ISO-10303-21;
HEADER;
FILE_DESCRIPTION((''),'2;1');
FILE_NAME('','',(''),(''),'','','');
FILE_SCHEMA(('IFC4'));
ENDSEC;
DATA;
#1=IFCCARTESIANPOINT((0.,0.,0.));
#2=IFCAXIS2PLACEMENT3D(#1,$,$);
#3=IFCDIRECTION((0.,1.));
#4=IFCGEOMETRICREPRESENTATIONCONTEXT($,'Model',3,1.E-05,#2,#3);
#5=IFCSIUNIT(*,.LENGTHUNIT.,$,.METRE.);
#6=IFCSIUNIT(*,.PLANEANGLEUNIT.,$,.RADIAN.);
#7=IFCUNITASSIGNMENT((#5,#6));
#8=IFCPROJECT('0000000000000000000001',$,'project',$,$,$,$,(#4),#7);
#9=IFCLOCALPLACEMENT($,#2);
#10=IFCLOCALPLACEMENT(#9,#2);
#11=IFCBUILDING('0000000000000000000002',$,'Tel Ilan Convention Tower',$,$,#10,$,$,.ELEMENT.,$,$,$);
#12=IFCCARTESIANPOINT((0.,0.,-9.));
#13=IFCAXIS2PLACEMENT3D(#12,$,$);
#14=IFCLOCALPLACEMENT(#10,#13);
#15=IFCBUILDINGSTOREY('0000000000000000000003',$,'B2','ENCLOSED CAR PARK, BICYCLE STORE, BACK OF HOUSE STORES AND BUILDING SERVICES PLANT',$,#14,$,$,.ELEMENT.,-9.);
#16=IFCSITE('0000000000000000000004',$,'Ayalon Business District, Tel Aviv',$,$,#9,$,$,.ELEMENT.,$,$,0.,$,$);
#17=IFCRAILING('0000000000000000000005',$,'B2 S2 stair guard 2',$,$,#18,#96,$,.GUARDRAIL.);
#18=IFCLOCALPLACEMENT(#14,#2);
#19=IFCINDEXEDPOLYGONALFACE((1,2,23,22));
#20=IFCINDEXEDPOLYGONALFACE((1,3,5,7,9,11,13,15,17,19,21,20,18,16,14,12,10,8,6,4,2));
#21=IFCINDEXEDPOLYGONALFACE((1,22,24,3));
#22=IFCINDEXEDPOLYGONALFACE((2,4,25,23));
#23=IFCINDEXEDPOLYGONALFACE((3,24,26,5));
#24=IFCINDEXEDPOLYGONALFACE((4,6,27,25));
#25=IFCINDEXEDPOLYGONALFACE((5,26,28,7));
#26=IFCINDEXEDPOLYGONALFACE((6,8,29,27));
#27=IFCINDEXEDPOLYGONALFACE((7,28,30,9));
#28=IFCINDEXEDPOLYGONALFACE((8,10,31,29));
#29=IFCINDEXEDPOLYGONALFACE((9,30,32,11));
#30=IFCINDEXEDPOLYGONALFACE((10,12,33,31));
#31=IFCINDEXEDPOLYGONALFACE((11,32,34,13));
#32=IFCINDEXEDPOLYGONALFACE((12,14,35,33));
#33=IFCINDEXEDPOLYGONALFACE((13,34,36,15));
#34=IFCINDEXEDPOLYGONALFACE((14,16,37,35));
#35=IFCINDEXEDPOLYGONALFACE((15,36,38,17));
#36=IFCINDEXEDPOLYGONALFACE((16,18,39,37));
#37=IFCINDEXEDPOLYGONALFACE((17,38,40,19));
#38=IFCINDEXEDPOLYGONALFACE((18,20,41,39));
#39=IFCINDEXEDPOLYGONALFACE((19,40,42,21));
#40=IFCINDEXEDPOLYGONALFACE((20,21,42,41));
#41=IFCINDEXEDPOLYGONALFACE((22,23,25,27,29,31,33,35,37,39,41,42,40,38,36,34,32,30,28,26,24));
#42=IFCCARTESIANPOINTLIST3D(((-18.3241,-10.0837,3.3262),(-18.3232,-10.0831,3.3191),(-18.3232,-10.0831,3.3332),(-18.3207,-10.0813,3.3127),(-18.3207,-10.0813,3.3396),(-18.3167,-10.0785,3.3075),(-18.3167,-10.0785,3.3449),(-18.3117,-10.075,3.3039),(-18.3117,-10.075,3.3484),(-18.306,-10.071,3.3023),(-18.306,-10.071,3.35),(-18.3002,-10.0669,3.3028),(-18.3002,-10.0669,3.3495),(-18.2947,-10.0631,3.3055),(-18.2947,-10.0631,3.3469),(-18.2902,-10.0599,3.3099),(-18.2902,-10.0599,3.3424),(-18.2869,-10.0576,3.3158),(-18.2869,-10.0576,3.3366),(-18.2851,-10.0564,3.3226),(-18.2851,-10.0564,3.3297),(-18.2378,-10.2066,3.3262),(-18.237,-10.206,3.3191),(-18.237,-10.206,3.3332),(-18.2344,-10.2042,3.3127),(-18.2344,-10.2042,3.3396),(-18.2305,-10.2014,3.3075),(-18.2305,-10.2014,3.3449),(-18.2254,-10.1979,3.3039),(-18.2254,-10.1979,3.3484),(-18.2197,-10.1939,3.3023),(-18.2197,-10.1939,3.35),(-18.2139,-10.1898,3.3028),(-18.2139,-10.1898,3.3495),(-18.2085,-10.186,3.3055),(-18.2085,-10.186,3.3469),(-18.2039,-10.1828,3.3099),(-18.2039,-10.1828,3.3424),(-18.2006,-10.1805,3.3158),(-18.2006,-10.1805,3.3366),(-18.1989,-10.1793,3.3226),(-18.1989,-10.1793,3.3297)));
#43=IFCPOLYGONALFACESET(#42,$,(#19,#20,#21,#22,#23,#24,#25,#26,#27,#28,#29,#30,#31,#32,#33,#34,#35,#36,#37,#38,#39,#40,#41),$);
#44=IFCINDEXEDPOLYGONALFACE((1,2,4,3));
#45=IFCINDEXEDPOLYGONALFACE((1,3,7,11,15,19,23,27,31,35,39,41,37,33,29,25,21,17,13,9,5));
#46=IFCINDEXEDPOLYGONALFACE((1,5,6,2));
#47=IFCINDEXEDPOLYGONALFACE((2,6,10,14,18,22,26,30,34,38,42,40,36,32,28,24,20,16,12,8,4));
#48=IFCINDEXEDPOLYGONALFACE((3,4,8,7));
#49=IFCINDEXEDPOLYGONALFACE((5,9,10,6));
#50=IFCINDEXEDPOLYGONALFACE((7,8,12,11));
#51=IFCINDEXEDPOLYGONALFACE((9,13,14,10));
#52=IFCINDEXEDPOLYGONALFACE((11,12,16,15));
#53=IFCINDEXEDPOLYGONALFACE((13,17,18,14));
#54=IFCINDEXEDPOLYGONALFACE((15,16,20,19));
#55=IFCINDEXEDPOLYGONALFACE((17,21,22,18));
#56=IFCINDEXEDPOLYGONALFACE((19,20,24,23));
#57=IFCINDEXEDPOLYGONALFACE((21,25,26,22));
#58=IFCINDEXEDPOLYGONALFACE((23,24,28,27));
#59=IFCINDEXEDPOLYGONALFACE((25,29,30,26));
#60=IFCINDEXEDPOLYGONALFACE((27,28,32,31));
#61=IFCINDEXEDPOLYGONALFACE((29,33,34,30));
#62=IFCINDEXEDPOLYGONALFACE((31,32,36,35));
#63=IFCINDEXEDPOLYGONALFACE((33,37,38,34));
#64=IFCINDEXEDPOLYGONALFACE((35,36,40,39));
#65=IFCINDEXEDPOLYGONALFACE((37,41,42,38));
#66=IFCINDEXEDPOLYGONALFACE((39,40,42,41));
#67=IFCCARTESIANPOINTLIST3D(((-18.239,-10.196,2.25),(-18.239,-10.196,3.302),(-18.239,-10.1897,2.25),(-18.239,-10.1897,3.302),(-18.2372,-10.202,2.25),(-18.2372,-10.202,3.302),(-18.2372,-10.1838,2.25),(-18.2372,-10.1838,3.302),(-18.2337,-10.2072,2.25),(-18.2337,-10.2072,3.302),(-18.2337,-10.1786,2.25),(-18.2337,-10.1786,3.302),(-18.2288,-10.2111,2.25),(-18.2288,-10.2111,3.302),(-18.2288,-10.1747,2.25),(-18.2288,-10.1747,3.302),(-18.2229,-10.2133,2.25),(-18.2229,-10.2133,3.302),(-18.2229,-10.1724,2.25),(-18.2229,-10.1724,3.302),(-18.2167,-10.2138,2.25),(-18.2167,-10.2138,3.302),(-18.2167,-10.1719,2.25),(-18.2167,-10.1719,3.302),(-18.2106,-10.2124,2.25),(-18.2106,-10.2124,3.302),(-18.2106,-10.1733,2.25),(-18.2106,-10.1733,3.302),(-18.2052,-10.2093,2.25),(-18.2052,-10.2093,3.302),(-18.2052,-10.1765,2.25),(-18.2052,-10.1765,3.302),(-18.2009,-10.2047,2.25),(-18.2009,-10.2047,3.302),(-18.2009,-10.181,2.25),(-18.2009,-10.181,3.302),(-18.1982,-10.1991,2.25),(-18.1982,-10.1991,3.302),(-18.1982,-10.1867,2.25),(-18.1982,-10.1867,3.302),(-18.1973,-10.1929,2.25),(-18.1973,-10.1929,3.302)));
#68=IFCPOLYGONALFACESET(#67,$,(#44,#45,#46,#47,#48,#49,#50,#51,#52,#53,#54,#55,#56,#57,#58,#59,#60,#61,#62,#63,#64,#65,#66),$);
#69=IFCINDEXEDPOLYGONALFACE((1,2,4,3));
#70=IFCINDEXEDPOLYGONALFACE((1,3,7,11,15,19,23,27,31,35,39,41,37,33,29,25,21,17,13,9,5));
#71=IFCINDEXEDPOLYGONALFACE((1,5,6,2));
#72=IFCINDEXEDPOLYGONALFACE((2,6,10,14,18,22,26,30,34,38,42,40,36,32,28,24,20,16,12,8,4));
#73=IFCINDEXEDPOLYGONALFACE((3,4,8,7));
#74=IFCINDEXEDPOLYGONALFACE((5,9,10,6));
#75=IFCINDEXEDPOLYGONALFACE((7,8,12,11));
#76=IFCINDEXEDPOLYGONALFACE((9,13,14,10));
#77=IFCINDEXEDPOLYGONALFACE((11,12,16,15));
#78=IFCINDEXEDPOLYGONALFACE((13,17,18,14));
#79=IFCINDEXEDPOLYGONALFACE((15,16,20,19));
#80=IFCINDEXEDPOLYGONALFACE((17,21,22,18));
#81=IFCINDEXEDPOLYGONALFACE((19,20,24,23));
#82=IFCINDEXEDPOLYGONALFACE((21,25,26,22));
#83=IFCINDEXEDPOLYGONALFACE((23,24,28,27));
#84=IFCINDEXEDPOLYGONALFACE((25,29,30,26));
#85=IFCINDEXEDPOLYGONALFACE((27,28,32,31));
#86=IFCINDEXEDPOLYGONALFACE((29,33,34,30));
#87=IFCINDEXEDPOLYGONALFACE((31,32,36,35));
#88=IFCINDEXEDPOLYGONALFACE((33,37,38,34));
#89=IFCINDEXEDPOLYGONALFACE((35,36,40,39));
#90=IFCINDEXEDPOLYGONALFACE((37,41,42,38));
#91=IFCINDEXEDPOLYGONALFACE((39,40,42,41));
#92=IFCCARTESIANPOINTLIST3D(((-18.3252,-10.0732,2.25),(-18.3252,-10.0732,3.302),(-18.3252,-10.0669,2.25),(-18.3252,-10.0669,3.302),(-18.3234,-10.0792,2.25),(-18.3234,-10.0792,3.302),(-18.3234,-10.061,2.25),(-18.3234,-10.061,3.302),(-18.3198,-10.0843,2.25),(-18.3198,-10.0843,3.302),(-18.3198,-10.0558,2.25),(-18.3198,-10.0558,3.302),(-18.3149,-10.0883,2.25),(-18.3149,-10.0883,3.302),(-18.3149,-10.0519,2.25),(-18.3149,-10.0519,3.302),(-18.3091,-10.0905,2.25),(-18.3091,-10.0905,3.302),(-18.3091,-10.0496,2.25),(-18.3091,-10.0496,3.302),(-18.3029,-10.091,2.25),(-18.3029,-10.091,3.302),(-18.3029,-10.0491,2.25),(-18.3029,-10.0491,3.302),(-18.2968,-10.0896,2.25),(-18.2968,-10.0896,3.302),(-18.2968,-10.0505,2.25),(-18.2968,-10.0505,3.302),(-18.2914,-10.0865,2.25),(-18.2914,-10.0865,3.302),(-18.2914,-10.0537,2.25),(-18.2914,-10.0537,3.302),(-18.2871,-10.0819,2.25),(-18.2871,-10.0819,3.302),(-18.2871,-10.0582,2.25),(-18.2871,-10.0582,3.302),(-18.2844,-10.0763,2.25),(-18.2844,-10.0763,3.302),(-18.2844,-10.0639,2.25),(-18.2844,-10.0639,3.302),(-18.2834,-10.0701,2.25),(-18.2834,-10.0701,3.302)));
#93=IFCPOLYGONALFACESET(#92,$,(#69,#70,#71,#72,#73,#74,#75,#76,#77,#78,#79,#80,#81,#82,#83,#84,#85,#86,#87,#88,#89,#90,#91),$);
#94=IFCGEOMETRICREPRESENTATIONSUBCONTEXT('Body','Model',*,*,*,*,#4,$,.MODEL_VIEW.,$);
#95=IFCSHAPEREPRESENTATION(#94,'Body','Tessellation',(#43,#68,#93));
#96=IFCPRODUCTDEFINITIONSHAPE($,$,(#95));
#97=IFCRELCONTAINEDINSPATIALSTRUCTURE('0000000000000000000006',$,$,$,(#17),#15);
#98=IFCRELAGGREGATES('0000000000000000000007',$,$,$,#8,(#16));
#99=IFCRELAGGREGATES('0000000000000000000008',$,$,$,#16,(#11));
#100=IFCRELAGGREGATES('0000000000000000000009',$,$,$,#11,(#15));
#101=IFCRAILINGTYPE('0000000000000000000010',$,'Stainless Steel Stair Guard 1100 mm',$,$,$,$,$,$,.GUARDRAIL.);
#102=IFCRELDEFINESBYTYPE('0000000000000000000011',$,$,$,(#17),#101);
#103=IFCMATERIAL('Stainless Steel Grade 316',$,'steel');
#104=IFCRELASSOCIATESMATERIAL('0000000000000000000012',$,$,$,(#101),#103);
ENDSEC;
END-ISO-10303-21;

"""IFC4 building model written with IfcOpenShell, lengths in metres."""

from ifc_helpers import new_model, si_unit, direction, frame, origin, origin_2d, place, context, subcontext, project, spatial, circle, extrude, material, type_object, element, save


model = new_model("IFC4")

# Units and contexts
model_context = context("Model", 3, precision=1e-05, world=origin(), true_north=direction((0.0, 1.0)))
body_context = subcontext(model_context, "Body", "Model", "MODEL_VIEW")
ifc_project = project(units=[si_unit("LENGTHUNIT", "METRE"), si_unit("PLANEANGLEUNIT", "RADIAN")], contexts=[model_context])

# Site, building, storey
site_placement = place(None, origin())
site = spatial("IfcSite", under=ifc_project, at=site_placement, Name="Ayalon Business District, Tel Aviv", CompositionType="ELEMENT", RefElevation=0.0)
building_placement = place(site_placement, origin())
building = spatial("IfcBuilding", under=site, at=building_placement, Name="Tel Ilan Convention Tower", CompositionType="ELEMENT")
storey_placement = place(building_placement, frame((0.0, 0.0, -9.0)))
storey = spatial("IfcBuildingStorey", under=building, at=storey_placement, Name="B2", Description="ENCLOSED CAR PARK, BICYCLE STORE, BACK OF HOUSE STORES AND BUILDING SERVICES PLANT", CompositionType="ELEMENT", Elevation=-9.0)

# Railing
ifc_material_1 = material(Name="Stainless Steel Grade 316", Category="steel")
railing_type_1 = type_object("IfcRailingType", Name="Stainless Steel Stair Guard 1100 mm", PredefinedType="GUARDRAIL", material=ifc_material_1)
railing_1_placement = place(storey_placement, frame((-18.2183, -10.1929, 2.25)))
element("IfcRailing", 1, at=railing_1_placement, inside=storey, type_object=railing_type_1, Name="B2 S2 stair guard 2", PredefinedType="GUARDRAIL", context=body_context, shape_type="SweptSolid", body=[
    extrude(circle(Radius=0.0239, at=origin_2d()), frame((0.0, 0.0, 1.0762), z_axis=(-0.574445, 0.818543, 0.0), x_axis=(-0.818543, -0.574445, 0.0)), (0.0, 0.0, 1.0), 0.1501),
    extrude(circle(Radius=0.021, at=origin_2d()), origin(), (0.0, 0.0, 1.0), 1.052),
    extrude(circle(Radius=0.021, at=origin_2d()), frame((-0.0862, 0.1228, 0.0)), (0.0, 0.0, 1.0), 1.052),
])

save(model, "model.ifc")
